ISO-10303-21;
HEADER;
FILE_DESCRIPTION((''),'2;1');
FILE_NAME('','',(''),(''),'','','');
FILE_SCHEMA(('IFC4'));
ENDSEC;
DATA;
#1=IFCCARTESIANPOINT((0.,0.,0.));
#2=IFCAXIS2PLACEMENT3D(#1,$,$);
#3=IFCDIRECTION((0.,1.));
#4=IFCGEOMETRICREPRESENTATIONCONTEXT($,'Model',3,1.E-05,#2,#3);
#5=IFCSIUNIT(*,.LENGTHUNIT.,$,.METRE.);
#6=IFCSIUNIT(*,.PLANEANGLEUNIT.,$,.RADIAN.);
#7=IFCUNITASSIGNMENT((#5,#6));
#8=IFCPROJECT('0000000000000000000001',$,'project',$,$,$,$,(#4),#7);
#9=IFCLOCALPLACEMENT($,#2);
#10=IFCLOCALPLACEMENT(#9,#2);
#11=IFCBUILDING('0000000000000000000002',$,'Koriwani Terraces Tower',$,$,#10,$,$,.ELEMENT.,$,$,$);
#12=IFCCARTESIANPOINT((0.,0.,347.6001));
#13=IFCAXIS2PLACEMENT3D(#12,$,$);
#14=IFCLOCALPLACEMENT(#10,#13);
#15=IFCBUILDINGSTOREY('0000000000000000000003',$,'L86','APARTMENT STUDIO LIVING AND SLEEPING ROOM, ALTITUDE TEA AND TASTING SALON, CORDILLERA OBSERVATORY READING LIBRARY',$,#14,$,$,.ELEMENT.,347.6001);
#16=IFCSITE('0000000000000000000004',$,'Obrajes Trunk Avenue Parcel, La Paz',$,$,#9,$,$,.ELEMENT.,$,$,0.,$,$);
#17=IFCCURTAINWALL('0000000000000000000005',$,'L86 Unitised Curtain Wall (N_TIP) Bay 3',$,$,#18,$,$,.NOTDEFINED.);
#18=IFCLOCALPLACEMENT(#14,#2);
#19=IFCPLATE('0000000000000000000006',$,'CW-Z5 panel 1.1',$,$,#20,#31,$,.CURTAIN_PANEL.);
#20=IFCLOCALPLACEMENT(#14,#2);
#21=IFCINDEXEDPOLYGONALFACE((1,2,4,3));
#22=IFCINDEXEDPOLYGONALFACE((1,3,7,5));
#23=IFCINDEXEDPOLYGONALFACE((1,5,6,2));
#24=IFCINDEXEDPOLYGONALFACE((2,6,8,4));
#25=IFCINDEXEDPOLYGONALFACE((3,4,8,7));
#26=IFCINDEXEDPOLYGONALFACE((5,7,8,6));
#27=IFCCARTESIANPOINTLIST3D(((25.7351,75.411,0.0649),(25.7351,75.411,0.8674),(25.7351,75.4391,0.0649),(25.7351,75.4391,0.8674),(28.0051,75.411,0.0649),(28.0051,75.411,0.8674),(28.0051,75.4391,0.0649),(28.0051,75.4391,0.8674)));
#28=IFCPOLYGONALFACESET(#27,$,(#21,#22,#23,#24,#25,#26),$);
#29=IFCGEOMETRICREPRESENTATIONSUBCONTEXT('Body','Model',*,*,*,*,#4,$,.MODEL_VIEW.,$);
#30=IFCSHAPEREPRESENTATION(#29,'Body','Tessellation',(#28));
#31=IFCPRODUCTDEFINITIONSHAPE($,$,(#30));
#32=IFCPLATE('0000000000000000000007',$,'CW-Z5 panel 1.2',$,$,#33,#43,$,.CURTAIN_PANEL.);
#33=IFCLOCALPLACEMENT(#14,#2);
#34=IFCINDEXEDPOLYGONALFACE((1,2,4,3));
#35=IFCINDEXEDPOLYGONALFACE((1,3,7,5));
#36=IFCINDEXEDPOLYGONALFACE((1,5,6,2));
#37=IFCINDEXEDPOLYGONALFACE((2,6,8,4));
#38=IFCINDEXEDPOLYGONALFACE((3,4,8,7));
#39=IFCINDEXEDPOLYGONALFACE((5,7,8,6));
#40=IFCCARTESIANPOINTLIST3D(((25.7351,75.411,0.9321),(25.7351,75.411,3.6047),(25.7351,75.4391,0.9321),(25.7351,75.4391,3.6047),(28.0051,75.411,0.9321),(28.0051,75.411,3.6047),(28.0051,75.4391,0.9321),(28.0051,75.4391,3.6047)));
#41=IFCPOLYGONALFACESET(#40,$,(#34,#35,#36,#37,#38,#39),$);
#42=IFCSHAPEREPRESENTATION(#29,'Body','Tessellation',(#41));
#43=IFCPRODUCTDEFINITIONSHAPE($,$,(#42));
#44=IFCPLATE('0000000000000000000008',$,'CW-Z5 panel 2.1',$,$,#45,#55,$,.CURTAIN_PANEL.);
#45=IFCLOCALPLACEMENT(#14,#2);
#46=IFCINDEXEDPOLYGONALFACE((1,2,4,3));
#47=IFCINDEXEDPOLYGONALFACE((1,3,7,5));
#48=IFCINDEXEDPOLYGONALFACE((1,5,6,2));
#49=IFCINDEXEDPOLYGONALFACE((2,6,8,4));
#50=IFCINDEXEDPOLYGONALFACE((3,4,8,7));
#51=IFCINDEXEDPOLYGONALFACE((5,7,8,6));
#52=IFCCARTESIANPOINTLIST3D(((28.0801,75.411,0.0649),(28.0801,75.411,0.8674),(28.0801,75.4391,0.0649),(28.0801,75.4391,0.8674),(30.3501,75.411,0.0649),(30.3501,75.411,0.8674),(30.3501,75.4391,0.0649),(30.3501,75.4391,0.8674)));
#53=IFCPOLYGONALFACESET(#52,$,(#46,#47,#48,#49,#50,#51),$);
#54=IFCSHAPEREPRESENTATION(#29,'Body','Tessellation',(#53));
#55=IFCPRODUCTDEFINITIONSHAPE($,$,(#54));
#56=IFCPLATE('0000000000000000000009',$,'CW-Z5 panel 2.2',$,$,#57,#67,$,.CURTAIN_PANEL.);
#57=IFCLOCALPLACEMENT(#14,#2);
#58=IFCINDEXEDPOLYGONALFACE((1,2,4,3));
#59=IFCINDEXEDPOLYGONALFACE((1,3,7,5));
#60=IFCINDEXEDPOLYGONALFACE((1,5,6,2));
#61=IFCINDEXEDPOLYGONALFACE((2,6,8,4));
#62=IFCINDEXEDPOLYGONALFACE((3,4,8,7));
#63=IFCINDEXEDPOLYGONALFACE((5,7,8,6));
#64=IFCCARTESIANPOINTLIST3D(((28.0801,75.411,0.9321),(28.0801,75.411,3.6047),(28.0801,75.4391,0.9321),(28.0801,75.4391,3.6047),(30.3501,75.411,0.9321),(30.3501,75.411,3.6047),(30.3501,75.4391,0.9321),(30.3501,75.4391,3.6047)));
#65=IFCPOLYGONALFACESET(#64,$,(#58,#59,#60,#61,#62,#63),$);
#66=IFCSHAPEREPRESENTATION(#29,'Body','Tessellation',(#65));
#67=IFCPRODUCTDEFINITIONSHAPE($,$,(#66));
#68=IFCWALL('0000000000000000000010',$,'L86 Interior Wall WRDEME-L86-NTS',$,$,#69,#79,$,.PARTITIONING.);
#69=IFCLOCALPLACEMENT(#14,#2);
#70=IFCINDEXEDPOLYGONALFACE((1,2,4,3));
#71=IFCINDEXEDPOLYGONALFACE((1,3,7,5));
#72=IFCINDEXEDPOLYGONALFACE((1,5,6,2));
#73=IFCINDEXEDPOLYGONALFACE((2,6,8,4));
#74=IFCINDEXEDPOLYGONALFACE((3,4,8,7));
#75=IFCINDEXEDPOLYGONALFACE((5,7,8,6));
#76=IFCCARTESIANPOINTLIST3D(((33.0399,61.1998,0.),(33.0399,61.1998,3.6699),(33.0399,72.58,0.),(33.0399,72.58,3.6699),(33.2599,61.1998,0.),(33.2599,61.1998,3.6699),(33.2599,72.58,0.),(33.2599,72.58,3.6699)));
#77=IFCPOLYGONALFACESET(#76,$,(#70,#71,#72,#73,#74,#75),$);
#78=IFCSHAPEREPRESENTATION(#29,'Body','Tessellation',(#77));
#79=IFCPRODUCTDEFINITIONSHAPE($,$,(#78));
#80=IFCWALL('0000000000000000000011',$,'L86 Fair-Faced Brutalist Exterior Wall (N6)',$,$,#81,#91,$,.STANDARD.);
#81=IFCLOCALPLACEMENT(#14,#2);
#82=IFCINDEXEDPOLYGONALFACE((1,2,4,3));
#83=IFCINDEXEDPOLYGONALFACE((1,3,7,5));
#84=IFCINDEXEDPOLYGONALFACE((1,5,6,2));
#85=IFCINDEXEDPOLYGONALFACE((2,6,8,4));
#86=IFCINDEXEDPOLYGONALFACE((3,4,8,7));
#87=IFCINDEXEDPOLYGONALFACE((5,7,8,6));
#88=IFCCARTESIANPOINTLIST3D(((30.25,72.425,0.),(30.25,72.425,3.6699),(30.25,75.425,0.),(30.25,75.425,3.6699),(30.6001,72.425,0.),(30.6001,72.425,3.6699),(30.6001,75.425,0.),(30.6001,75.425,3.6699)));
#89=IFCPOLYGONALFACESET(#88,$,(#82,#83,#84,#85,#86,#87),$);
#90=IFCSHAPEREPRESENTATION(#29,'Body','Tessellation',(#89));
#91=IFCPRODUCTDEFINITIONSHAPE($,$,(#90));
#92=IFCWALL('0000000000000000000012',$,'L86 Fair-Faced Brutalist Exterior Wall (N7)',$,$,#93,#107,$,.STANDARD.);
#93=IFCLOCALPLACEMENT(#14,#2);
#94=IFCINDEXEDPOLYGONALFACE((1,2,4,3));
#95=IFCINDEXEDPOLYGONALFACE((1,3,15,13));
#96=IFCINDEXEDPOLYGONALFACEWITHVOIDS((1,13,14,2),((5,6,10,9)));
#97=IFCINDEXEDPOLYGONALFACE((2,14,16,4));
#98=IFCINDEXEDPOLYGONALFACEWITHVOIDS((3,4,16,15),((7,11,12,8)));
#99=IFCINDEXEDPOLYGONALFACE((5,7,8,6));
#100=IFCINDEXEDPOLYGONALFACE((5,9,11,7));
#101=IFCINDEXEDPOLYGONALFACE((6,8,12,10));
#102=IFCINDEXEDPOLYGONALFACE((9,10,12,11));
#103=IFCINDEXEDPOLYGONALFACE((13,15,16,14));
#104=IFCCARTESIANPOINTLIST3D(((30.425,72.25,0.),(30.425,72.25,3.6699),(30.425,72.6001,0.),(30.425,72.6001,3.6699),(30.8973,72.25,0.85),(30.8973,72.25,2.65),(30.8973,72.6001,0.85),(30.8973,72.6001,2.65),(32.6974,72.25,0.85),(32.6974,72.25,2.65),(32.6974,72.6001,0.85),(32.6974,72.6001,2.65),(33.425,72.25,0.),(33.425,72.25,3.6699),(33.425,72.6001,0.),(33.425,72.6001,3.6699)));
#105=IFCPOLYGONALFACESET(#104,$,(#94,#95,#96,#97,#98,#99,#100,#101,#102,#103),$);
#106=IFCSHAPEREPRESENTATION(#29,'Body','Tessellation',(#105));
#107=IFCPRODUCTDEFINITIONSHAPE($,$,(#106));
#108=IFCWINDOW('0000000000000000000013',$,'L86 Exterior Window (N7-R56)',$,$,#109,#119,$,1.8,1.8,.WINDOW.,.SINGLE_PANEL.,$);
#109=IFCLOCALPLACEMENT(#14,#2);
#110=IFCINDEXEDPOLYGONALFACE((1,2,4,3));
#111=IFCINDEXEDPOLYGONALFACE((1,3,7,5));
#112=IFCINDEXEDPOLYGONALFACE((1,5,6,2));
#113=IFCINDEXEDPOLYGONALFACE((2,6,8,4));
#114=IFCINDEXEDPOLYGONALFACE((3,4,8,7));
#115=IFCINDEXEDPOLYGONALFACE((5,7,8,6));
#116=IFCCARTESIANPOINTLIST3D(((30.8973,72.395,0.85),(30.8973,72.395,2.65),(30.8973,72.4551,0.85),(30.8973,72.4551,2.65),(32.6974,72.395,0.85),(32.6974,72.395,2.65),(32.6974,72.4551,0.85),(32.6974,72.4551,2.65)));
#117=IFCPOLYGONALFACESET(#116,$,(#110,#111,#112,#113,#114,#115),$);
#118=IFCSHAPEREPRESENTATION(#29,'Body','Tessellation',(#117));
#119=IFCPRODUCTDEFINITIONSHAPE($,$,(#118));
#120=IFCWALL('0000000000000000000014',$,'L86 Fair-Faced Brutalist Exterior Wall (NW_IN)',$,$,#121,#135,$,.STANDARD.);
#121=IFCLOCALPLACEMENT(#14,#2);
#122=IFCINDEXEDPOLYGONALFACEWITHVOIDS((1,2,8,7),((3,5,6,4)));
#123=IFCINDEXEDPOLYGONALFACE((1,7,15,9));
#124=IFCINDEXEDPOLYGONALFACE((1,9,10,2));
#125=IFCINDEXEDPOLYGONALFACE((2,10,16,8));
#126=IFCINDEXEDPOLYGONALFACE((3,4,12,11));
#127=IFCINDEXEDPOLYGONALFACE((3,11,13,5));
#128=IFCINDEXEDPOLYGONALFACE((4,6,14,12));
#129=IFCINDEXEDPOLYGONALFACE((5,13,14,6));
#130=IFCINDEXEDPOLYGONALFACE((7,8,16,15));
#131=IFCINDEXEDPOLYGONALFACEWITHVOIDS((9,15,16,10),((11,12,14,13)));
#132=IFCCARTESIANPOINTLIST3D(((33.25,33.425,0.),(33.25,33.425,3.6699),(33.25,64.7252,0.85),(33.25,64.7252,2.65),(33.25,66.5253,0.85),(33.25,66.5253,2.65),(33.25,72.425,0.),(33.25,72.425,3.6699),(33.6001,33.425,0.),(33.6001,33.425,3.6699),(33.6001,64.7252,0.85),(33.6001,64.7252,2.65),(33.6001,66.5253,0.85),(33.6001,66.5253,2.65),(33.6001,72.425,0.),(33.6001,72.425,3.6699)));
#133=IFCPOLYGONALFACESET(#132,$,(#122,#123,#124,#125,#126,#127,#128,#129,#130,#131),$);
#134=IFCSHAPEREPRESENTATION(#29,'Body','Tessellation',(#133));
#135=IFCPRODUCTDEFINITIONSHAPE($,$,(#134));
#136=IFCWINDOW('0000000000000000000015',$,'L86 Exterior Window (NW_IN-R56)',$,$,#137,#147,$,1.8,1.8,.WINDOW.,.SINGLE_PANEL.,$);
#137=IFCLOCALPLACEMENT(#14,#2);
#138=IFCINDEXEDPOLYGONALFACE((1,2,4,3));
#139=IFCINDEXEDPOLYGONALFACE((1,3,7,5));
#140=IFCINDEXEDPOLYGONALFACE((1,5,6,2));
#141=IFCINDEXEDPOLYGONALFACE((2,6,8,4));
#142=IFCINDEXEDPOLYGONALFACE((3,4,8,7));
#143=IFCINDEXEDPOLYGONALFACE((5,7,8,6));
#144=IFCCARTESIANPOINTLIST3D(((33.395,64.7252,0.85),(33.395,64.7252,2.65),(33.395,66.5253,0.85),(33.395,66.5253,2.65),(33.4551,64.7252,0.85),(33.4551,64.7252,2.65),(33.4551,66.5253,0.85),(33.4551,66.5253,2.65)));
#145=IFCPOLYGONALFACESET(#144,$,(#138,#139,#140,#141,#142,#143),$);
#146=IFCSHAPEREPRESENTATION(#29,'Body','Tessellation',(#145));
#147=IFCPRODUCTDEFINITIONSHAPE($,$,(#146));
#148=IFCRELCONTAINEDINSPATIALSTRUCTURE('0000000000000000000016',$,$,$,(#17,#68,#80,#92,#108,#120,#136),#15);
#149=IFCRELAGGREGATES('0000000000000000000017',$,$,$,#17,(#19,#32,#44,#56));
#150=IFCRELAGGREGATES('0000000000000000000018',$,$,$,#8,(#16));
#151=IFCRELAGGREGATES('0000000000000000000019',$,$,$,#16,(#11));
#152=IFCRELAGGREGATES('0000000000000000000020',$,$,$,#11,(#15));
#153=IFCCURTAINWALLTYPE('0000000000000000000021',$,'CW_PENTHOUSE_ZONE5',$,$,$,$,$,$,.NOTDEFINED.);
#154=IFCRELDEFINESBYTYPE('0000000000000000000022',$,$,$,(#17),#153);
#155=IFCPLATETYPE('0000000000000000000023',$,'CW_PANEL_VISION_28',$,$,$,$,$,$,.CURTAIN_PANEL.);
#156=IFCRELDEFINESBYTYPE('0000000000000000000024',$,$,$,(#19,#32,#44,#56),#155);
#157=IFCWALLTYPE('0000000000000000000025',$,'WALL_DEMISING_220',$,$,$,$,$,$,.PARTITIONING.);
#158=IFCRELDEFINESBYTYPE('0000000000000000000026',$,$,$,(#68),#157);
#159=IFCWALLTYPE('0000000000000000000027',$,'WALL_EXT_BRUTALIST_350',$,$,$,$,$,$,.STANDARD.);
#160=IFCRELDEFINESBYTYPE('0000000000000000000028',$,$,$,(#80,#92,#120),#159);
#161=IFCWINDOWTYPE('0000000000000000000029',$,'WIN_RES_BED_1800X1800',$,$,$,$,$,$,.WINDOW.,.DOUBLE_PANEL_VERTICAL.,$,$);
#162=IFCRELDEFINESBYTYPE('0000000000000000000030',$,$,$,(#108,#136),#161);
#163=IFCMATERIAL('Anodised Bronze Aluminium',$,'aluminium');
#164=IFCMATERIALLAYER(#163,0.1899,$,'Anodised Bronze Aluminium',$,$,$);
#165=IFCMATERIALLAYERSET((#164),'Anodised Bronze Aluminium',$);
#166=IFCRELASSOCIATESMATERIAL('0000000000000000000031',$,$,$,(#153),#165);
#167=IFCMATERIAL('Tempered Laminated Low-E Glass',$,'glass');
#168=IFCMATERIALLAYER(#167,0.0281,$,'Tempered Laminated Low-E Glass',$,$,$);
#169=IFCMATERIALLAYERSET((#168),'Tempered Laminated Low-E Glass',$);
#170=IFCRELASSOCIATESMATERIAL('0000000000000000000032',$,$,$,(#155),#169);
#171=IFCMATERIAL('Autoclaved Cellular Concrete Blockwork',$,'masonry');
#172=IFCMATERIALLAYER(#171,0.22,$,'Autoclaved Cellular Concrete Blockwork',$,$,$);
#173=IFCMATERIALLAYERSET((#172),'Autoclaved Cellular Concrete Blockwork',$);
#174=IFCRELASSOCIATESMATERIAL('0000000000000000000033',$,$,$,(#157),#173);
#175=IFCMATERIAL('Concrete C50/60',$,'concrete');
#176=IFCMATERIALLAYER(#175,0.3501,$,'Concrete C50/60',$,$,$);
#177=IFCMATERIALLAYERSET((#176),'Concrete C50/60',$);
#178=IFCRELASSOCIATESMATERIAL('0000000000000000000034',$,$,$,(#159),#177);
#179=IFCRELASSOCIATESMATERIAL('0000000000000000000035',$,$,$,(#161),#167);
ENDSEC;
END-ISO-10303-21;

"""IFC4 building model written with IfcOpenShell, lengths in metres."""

from ifc_helpers import new_model, si_unit, direction, frame, frame_2d, origin, origin_2d, place, context, subcontext, project, spatial, rectangle, extrude, material, layer, layer_set, type_object, element, fill, aggregate, save


model = new_model("IFC4")

# Units and contexts
model_context = context("Model", 3, precision=1e-05, world=origin(), true_north=direction((0.0, 1.0)))
body_context = subcontext(model_context, "Body", "Model", "MODEL_VIEW")
ifc_project = project(units=[si_unit("LENGTHUNIT", "METRE"), si_unit("PLANEANGLEUNIT", "RADIAN")], contexts=[model_context])

# Site, building, storey
site_placement = place(None, origin())
site = spatial("IfcSite", under=ifc_project, at=site_placement, Name="Obrajes Trunk Avenue Parcel, La Paz", CompositionType="ELEMENT", RefElevation=0.0)
building_placement = place(site_placement, origin())
building = spatial("IfcBuilding", under=site, at=building_placement, Name="Koriwani Terraces Tower", CompositionType="ELEMENT")
storey_placement = place(building_placement, frame((0.0, 0.0, 347.6001)))
storey = spatial("IfcBuildingStorey", under=building, at=storey_placement, Name="L86", Description="APARTMENT STUDIO LIVING AND SLEEPING ROOM, ALTITUDE TEA AND TASTING SALON, CORDILLERA OBSERVATORY READING LIBRARY", CompositionType="ELEMENT", Elevation=347.6001)

# Shared definitions
ifc_material_1 = material(Name="Concrete C50/60", Category="concrete")

# Curtain wall, plates
ifc_material_2 = material(Name="Anodised Bronze Aluminium", Category="aluminium")
ifc_layer_1 = layer(ifc_material_2, 0.1899, Name="Anodised Bronze Aluminium")
ifc_layer_set_1 = layer_set([ifc_layer_1], Name="Anodised Bronze Aluminium")
curtain_wall_type = type_object("IfcCurtainWallType", Name="CW_PENTHOUSE_ZONE5", PredefinedType="NOTDEFINED", material=ifc_layer_set_1)
curtain_wall_placement = place(storey_placement, origin())
curtain_wall = element("IfcCurtainWall", 1, at=curtain_wall_placement, inside=storey, type_object=curtain_wall_type, Name="L86 Unitised Curtain Wall (N_TIP) Bay 3", PredefinedType="NOTDEFINED")
ifc_material_3 = material(Name="Tempered Laminated Low-E Glass", Category="glass")
ifc_layer_2 = layer(ifc_material_3, 0.0281, Name="Tempered Laminated Low-E Glass")
ifc_layer_set_2 = layer_set([ifc_layer_2], Name="Tempered Laminated Low-E Glass")
plate_type = type_object("IfcPlateType", Name="CW_PANEL_VISION_28", PredefinedType="CURTAIN_PANEL", material=ifc_layer_set_2)
plate_1_placement = place(storey_placement, frame((26.8701, 75.425, 0.0649), z_axis=(0.0, 0.0, 1.0), x_axis=(1.0, 0.0, 0.0)))
plate_1 = element("IfcPlate", 2, at=plate_1_placement, type_object=plate_type, Name="CW-Z5 panel 1.1", PredefinedType="CURTAIN_PANEL", context=body_context, shape_type="SweptSolid", body=[
    extrude(rectangle(XDim=2.27, YDim=0.0281, at=origin_2d()), origin(), (0.0, 0.0, 1.0), 0.8025),
])
plate_2_placement = place(storey_placement, frame((26.8701, 75.425, 0.9321), z_axis=(0.0, 0.0, 1.0), x_axis=(1.0, 0.0, 0.0)))
plate_2 = element("IfcPlate", 3, at=plate_2_placement, type_object=plate_type, Name="CW-Z5 panel 1.2", PredefinedType="CURTAIN_PANEL", context=body_context, shape_type="SweptSolid", body=[
    extrude(rectangle(XDim=2.27, YDim=0.0281, at=origin_2d()), origin(), (0.0, 0.0, 1.0), 2.6726),
])
plate_3_placement = place(storey_placement, frame((29.2151, 75.425, 0.0649), z_axis=(0.0, 0.0, 1.0), x_axis=(1.0, 0.0, 0.0)))
plate_3 = element("IfcPlate", 4, at=plate_3_placement, type_object=plate_type, Name="CW-Z5 panel 2.1", PredefinedType="CURTAIN_PANEL", context=body_context, shape_type="SweptSolid", body=[
    extrude(rectangle(XDim=2.27, YDim=0.0281, at=origin_2d()), origin(), (0.0, 0.0, 1.0), 0.8025),
])
plate_4_placement = place(storey_placement, frame((29.2151, 75.425, 0.9321), z_axis=(0.0, 0.0, 1.0), x_axis=(1.0, 0.0, 0.0)))
plate_4 = element("IfcPlate", 5, at=plate_4_placement, type_object=plate_type, Name="CW-Z5 panel 2.2", PredefinedType="CURTAIN_PANEL", context=body_context, shape_type="SweptSolid", body=[
    extrude(rectangle(XDim=2.27, YDim=0.0281, at=origin_2d()), origin(), (0.0, 0.0, 1.0), 2.6726),
])
aggregate(curtain_wall, [plate_1, plate_2, plate_3, plate_4])

# Walls
ifc_material_4 = material(Name="Autoclaved Cellular Concrete Blockwork", Category="masonry")
ifc_layer_3 = layer(ifc_material_4, 0.22, Name="Autoclaved Cellular Concrete Blockwork")
ifc_layer_set_3 = layer_set([ifc_layer_3], Name="Autoclaved Cellular Concrete Blockwork")
wall_type_1 = type_object("IfcWallType", Name="WALL_DEMISING_220", PredefinedType="PARTITIONING", material=ifc_layer_set_3)
wall_1_placement = place(storey_placement, frame((33.1499, 61.2, 0.0), z_axis=(0.0, 0.0, 1.0), x_axis=(0.0, 1.0, 0.0)))
element("IfcWall", 6, at=wall_1_placement, inside=storey, type_object=wall_type_1, Name="L86 Interior Wall WRDEME-L86-NTS", PredefinedType="PARTITIONING", context=body_context, shape_type="SweptSolid", body=[
    extrude(rectangle(XDim=11.3801, YDim=0.22, at=frame_2d((5.6899, 0.0))), origin(), (0.0, 0.0, 1.0), 3.6699),
])
ifc_layer_4 = layer(ifc_material_1, 0.3501, Name="Concrete C50/60")
ifc_layer_set_4 = layer_set([ifc_layer_4], Name="Concrete C50/60")
wall_type_2 = type_object("IfcWallType", Name="WALL_EXT_BRUTALIST_350", PredefinedType="STANDARD", material=ifc_layer_set_4)
wall_2_placement = place(storey_placement, frame((30.425, 75.425, 0.0), z_axis=(0.0, 0.0, 1.0), x_axis=(0.0, -1.0, 0.0)))
element("IfcWall", 7, at=wall_2_placement, inside=storey, type_object=wall_type_2, Name="L86 Fair-Faced Brutalist Exterior Wall (N6)", PredefinedType="STANDARD", context=body_context, shape_type="SweptSolid", body=[
    extrude(rectangle(XDim=3.0, YDim=0.3501, at=frame_2d((1.5, 0.0))), origin(), (0.0, 0.0, 1.0), 3.6699),
])

# Walls, openings, windows
wall_3_placement = place(storey_placement, frame((30.425, 72.425, 0.0), z_axis=(0.0, 0.0, 1.0), x_axis=(1.0, 0.0, 0.0)))
wall_3 = element("IfcWall", 8, at=wall_3_placement, inside=storey, type_object=wall_type_2, Name="L86 Fair-Faced Brutalist Exterior Wall (N7)", PredefinedType="STANDARD", context=body_context, shape_type="SweptSolid", body=[
    extrude(rectangle(XDim=3.0, YDim=0.3501, at=frame_2d((1.5, 0.0))), origin(), (0.0, 0.0, 1.0), 3.6699),
])
opening_1_placement = place(wall_3_placement, frame((0.4724, 0.0, 0.8501)))
opening_1 = element("IfcOpeningElement", 9, at=opening_1_placement, cuts=wall_3, PredefinedType="OPENING", context=body_context, shape_type="SweptSolid", body=[
    extrude(rectangle(XDim=1.8, YDim=1.8, at=frame_2d((0.8999, 0.8999))), frame((0.0, 0.1851, 0.0), z_axis=(0.0, -1.0, 0.0), x_axis=(1.0, 0.0, 0.0)), (0.0, 0.0, 1.0), 0.3701),
])
window_type = type_object("IfcWindowType", Name="WIN_RES_BED_1800X1800", PartitioningType="DOUBLE_PANEL_VERTICAL", PredefinedType="WINDOW", material=ifc_material_3)
window_1_placement = place(opening_1_placement, origin())
window_1 = element("IfcWindow", 10, at=window_1_placement, inside=storey, type_object=window_type, Name="L86 Exterior Window (N7-R56)", OverallHeight=1.8, OverallWidth=1.8, PartitioningType="SINGLE_PANEL", PredefinedType="WINDOW", context=body_context, shape_type="SweptSolid", body=[
    extrude(rectangle(XDim=1.8, YDim=1.8, at=frame_2d((0.8999, 0.8999))), frame((0.0, 0.03, 0.0), z_axis=(0.0, -1.0, 0.0), x_axis=(1.0, 0.0, 0.0)), (0.0, 0.0, 1.0), 0.0601),
])
fill(opening_1, window_1)
wall_4_placement = place(storey_placement, frame((33.425, 72.425, 0.0), z_axis=(0.0, 0.0, 1.0), x_axis=(0.0, -1.0, 0.0)))
wall_4 = element("IfcWall", 11, at=wall_4_placement, inside=storey, type_object=wall_type_2, Name="L86 Fair-Faced Brutalist Exterior Wall (NW_IN)", PredefinedType="STANDARD", context=body_context, shape_type="SweptSolid", body=[
    extrude(rectangle(XDim=39.0, YDim=0.3501, at=frame_2d((19.5, 0.0))), origin(), (0.0, 0.0, 1.0), 3.6699),
])
opening_2_placement = place(wall_4_placement, frame((5.8999, 0.0, 0.8501)))
opening_2 = element("IfcOpeningElement", 12, at=opening_2_placement, cuts=wall_4, PredefinedType="OPENING", context=body_context, shape_type="SweptSolid", body=[
    extrude(rectangle(XDim=1.8, YDim=1.8, at=frame_2d((0.8999, 0.8999))), frame((0.0, 0.1851, 0.0), z_axis=(0.0, -1.0, 0.0), x_axis=(1.0, 0.0, 0.0)), (0.0, 0.0, 1.0), 0.3701),
])
window_2_placement = place(opening_2_placement, origin())
window_2 = element("IfcWindow", 13, at=window_2_placement, inside=storey, type_object=window_type, Name="L86 Exterior Window (NW_IN-R56)", OverallHeight=1.8, OverallWidth=1.8, PartitioningType="SINGLE_PANEL", PredefinedType="WINDOW", context=body_context, shape_type="SweptSolid", body=[
    extrude(rectangle(XDim=1.8, YDim=1.8, at=frame_2d((0.8999, 0.8999))), frame((0.0, 0.03, 0.0), z_axis=(0.0, -1.0, 0.0), x_axis=(1.0, 0.0, 0.0)), (0.0, 0.0, 1.0), 0.0601),
])
fill(opening_2, window_2)

save(model, "model.ifc")
